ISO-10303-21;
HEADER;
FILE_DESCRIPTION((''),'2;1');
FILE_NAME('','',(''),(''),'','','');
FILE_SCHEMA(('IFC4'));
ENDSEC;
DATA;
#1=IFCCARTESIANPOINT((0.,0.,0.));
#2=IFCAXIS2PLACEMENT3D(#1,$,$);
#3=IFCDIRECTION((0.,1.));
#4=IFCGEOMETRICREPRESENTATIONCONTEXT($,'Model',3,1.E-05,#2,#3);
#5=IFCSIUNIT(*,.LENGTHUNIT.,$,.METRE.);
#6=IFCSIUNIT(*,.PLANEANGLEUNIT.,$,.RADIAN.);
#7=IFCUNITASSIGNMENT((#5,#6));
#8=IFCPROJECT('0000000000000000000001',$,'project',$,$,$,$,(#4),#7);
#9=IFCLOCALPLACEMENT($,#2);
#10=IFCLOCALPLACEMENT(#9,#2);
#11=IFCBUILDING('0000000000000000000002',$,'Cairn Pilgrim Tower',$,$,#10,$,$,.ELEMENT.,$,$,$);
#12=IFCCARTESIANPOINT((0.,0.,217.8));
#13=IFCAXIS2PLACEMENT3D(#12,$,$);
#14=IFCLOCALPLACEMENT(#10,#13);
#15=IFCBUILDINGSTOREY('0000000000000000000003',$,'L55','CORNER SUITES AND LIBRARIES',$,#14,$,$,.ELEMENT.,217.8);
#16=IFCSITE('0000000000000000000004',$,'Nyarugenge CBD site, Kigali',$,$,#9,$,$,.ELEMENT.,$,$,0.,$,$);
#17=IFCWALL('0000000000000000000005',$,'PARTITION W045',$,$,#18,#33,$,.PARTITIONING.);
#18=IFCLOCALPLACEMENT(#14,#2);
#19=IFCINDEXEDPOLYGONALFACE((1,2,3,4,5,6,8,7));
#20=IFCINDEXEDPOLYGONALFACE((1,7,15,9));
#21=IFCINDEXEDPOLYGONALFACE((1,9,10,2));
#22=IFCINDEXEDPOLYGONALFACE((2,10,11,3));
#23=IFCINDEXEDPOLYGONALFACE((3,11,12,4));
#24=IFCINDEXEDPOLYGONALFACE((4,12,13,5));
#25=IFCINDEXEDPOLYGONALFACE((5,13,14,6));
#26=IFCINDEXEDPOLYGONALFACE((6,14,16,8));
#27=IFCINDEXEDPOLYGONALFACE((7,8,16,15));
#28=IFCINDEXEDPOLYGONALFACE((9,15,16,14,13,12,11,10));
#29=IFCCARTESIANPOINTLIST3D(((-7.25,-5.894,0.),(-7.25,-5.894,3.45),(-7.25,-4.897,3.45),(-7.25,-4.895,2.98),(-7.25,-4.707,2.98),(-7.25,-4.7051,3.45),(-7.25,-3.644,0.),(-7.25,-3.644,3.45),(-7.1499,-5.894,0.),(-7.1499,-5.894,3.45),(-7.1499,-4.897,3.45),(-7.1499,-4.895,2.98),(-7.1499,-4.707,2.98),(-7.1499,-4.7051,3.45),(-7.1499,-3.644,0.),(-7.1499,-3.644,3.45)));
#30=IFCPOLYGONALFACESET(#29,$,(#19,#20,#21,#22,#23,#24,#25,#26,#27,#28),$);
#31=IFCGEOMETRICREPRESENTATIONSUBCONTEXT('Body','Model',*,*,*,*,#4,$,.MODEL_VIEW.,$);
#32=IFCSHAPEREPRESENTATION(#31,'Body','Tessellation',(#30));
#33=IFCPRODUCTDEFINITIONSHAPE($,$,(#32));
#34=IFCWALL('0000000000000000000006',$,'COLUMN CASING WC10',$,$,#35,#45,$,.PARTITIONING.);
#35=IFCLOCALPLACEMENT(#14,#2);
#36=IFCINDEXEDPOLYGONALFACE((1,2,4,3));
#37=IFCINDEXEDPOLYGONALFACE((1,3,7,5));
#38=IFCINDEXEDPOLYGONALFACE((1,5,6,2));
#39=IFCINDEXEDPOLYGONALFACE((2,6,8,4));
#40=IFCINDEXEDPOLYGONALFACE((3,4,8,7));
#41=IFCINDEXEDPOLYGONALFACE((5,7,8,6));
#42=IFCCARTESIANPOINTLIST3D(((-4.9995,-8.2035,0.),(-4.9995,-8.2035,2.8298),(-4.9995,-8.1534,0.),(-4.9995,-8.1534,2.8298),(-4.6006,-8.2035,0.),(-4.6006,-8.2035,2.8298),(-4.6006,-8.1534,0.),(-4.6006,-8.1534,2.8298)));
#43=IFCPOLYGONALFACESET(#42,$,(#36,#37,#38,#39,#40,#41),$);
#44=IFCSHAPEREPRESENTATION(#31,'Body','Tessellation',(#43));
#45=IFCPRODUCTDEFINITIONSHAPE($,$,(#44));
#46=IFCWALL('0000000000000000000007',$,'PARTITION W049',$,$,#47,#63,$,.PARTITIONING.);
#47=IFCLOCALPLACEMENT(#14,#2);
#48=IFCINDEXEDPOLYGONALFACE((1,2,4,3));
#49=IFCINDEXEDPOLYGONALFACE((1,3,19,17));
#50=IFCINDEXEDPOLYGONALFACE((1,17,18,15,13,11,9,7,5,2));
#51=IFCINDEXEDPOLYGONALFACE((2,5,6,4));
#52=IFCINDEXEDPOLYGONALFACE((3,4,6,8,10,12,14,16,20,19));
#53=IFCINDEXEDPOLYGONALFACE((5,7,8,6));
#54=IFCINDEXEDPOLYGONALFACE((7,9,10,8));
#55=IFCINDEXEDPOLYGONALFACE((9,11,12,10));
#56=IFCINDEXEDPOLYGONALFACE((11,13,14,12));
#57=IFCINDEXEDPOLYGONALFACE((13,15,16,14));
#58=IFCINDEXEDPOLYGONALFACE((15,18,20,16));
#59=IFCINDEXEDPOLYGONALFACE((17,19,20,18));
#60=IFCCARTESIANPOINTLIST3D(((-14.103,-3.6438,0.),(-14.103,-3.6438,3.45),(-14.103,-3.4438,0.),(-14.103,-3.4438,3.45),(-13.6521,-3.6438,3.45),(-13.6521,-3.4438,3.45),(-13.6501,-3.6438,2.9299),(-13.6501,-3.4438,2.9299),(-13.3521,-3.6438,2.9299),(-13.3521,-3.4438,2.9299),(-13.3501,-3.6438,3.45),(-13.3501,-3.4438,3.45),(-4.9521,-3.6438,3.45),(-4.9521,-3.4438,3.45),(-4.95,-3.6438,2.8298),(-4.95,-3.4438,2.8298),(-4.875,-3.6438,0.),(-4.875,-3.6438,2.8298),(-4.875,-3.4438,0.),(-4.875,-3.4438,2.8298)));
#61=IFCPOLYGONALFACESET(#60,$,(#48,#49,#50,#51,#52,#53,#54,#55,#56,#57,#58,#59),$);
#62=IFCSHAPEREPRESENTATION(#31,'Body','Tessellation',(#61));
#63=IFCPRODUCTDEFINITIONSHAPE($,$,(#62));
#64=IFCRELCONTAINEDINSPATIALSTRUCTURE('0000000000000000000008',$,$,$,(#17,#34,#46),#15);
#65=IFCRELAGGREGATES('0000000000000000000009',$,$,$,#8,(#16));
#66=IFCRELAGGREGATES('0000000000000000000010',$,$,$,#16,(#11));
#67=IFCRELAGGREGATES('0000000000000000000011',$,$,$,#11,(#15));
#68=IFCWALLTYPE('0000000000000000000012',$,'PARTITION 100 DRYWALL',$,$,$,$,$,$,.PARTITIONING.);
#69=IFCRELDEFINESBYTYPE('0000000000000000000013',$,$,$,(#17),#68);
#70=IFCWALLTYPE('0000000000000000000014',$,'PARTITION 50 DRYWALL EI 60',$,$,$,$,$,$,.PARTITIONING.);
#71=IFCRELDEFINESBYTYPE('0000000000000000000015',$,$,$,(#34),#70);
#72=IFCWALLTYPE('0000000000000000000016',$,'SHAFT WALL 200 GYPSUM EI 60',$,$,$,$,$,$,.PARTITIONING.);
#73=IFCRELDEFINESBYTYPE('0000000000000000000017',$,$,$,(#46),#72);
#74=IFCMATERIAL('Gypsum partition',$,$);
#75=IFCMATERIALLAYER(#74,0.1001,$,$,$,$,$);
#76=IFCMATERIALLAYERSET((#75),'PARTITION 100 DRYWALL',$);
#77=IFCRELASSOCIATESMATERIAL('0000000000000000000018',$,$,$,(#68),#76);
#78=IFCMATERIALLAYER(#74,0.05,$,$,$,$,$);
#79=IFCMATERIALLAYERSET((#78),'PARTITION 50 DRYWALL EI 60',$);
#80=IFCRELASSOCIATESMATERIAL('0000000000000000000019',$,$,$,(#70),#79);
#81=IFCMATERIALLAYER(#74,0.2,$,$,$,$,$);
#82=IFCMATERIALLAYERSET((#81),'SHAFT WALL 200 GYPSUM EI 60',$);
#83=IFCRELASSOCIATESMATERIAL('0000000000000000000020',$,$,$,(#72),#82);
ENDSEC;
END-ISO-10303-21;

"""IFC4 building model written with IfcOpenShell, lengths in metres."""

from ifc_helpers import new_model, si_unit, direction, frame, frame_2d, origin, place, context, subcontext, project, spatial, polyline, rectangle, outline, extrude, material, layer, layer_set, type_object, element, save


model = new_model("IFC4")

# Units and contexts
model_context = context("Model", 3, precision=1e-05, world=origin(), true_north=direction((0.0, 1.0)))
body_context = subcontext(model_context, "Body", "Model", "MODEL_VIEW")
ifc_project = project(units=[si_unit("LENGTHUNIT", "METRE"), si_unit("PLANEANGLEUNIT", "RADIAN")], contexts=[model_context])

# Site, building, storey
site_placement = place(None, origin())
site = spatial("IfcSite", under=ifc_project, at=site_placement, Name="Nyarugenge CBD site, Kigali", CompositionType="ELEMENT", RefElevation=0.0)
building_placement = place(site_placement, origin())
building = spatial("IfcBuilding", under=site, at=building_placement, Name="Cairn Pilgrim Tower", CompositionType="ELEMENT")
storey_placement = place(building_placement, frame((0.0, 0.0, 217.8)))
storey = spatial("IfcBuildingStorey", under=building, at=storey_placement, Name="L55", Description="CORNER SUITES AND LIBRARIES", CompositionType="ELEMENT", Elevation=217.8)

# Shared definitions
ifc_material_1 = material(Name="Gypsum partition")
ifc_layer_1 = layer(ifc_material_1, 0.1001)
ifc_layer_set_1 = layer_set([ifc_layer_1], Name="PARTITION 100 DRYWALL")
wall_type_1 = type_object("IfcWallType", Name="PARTITION 100 DRYWALL", PredefinedType="PARTITIONING", material=ifc_layer_set_1)

# Walls
wall_1_placement = place(storey_placement, frame((-7.2, -5.894, 0.0), z_axis=(0.0, 0.0, 1.0), x_axis=(0.0, 1.0, 0.0)))
element("IfcWall", 1, at=wall_1_placement, inside=storey, type_object=wall_type_1, Name="PARTITION W045", PredefinedType="PARTITIONING", context=body_context, shape_type="SweptSolid", body=[
    extrude(outline(polyline([(0.0, 0.0), (2.25, 0.0), (2.25, 3.45), (1.189, 3.45), (1.187, 2.98), (0.999, 2.98), (0.9971, 3.45), (0.0, 3.45), (0.0, 0.0)])), frame((0.0, 0.05, 0.0), z_axis=(0.0, -1.0, 0.0), x_axis=(1.0, 0.0, 0.0)), (0.0, 0.0, 1.0), 0.1001),
])
ifc_layer_2 = layer(ifc_material_1, 0.05)
ifc_layer_set_2 = layer_set([ifc_layer_2], Name="PARTITION 50 DRYWALL EI 60")
wall_type_2 = type_object("IfcWallType", Name="PARTITION 50 DRYWALL EI 60", PredefinedType="PARTITIONING", material=ifc_layer_set_2)
wall_2_placement = place(storey_placement, frame((-4.9995, -8.1785, 0.0), z_axis=(0.0, 0.0, 1.0), x_axis=(1.0, 0.0, 0.0)))
element("IfcWall", 2, at=wall_2_placement, inside=storey, type_object=wall_type_2, Name="COLUMN CASING WC10", PredefinedType="PARTITIONING", context=body_context, shape_type="SweptSolid", body=[
    extrude(rectangle(XDim=0.3989, YDim=0.05, at=frame_2d((0.1995, 0.0))), origin(), (0.0, 0.0, 1.0), 2.8298),
])
ifc_layer_3 = layer(ifc_material_1, 0.2)
ifc_layer_set_3 = layer_set([ifc_layer_3], Name="SHAFT WALL 200 GYPSUM EI 60")
wall_type_3 = type_object("IfcWallType", Name="SHAFT WALL 200 GYPSUM EI 60", PredefinedType="PARTITIONING", material=ifc_layer_set_3)
wall_3_placement = place(storey_placement, frame((-14.103, -3.5439, 0.0), z_axis=(0.0, 0.0, 1.0), x_axis=(1.0, 0.0, 0.0)))
element("IfcWall", 3, at=wall_3_placement, inside=storey, type_object=wall_type_3, Name="PARTITION W049", PredefinedType="PARTITIONING", context=body_context, shape_type="SweptSolid", body=[
    extrude(outline(polyline([(0.0, 0.0), (9.228, 0.0), (9.228, 2.8298), (9.1531, 2.8298), (9.1509, 3.45), (0.7529, 3.45), (0.751, 2.9299), (0.4529, 2.9299), (0.4509, 3.45), (0.0, 3.45), (0.0, 0.0)])), frame((0.0, 0.1001, 0.0), z_axis=(0.0, -1.0, 0.0), x_axis=(1.0, 0.0, 0.0)), (0.0, 0.0, 1.0), 0.2),
])

save(model, "model.ifc")
